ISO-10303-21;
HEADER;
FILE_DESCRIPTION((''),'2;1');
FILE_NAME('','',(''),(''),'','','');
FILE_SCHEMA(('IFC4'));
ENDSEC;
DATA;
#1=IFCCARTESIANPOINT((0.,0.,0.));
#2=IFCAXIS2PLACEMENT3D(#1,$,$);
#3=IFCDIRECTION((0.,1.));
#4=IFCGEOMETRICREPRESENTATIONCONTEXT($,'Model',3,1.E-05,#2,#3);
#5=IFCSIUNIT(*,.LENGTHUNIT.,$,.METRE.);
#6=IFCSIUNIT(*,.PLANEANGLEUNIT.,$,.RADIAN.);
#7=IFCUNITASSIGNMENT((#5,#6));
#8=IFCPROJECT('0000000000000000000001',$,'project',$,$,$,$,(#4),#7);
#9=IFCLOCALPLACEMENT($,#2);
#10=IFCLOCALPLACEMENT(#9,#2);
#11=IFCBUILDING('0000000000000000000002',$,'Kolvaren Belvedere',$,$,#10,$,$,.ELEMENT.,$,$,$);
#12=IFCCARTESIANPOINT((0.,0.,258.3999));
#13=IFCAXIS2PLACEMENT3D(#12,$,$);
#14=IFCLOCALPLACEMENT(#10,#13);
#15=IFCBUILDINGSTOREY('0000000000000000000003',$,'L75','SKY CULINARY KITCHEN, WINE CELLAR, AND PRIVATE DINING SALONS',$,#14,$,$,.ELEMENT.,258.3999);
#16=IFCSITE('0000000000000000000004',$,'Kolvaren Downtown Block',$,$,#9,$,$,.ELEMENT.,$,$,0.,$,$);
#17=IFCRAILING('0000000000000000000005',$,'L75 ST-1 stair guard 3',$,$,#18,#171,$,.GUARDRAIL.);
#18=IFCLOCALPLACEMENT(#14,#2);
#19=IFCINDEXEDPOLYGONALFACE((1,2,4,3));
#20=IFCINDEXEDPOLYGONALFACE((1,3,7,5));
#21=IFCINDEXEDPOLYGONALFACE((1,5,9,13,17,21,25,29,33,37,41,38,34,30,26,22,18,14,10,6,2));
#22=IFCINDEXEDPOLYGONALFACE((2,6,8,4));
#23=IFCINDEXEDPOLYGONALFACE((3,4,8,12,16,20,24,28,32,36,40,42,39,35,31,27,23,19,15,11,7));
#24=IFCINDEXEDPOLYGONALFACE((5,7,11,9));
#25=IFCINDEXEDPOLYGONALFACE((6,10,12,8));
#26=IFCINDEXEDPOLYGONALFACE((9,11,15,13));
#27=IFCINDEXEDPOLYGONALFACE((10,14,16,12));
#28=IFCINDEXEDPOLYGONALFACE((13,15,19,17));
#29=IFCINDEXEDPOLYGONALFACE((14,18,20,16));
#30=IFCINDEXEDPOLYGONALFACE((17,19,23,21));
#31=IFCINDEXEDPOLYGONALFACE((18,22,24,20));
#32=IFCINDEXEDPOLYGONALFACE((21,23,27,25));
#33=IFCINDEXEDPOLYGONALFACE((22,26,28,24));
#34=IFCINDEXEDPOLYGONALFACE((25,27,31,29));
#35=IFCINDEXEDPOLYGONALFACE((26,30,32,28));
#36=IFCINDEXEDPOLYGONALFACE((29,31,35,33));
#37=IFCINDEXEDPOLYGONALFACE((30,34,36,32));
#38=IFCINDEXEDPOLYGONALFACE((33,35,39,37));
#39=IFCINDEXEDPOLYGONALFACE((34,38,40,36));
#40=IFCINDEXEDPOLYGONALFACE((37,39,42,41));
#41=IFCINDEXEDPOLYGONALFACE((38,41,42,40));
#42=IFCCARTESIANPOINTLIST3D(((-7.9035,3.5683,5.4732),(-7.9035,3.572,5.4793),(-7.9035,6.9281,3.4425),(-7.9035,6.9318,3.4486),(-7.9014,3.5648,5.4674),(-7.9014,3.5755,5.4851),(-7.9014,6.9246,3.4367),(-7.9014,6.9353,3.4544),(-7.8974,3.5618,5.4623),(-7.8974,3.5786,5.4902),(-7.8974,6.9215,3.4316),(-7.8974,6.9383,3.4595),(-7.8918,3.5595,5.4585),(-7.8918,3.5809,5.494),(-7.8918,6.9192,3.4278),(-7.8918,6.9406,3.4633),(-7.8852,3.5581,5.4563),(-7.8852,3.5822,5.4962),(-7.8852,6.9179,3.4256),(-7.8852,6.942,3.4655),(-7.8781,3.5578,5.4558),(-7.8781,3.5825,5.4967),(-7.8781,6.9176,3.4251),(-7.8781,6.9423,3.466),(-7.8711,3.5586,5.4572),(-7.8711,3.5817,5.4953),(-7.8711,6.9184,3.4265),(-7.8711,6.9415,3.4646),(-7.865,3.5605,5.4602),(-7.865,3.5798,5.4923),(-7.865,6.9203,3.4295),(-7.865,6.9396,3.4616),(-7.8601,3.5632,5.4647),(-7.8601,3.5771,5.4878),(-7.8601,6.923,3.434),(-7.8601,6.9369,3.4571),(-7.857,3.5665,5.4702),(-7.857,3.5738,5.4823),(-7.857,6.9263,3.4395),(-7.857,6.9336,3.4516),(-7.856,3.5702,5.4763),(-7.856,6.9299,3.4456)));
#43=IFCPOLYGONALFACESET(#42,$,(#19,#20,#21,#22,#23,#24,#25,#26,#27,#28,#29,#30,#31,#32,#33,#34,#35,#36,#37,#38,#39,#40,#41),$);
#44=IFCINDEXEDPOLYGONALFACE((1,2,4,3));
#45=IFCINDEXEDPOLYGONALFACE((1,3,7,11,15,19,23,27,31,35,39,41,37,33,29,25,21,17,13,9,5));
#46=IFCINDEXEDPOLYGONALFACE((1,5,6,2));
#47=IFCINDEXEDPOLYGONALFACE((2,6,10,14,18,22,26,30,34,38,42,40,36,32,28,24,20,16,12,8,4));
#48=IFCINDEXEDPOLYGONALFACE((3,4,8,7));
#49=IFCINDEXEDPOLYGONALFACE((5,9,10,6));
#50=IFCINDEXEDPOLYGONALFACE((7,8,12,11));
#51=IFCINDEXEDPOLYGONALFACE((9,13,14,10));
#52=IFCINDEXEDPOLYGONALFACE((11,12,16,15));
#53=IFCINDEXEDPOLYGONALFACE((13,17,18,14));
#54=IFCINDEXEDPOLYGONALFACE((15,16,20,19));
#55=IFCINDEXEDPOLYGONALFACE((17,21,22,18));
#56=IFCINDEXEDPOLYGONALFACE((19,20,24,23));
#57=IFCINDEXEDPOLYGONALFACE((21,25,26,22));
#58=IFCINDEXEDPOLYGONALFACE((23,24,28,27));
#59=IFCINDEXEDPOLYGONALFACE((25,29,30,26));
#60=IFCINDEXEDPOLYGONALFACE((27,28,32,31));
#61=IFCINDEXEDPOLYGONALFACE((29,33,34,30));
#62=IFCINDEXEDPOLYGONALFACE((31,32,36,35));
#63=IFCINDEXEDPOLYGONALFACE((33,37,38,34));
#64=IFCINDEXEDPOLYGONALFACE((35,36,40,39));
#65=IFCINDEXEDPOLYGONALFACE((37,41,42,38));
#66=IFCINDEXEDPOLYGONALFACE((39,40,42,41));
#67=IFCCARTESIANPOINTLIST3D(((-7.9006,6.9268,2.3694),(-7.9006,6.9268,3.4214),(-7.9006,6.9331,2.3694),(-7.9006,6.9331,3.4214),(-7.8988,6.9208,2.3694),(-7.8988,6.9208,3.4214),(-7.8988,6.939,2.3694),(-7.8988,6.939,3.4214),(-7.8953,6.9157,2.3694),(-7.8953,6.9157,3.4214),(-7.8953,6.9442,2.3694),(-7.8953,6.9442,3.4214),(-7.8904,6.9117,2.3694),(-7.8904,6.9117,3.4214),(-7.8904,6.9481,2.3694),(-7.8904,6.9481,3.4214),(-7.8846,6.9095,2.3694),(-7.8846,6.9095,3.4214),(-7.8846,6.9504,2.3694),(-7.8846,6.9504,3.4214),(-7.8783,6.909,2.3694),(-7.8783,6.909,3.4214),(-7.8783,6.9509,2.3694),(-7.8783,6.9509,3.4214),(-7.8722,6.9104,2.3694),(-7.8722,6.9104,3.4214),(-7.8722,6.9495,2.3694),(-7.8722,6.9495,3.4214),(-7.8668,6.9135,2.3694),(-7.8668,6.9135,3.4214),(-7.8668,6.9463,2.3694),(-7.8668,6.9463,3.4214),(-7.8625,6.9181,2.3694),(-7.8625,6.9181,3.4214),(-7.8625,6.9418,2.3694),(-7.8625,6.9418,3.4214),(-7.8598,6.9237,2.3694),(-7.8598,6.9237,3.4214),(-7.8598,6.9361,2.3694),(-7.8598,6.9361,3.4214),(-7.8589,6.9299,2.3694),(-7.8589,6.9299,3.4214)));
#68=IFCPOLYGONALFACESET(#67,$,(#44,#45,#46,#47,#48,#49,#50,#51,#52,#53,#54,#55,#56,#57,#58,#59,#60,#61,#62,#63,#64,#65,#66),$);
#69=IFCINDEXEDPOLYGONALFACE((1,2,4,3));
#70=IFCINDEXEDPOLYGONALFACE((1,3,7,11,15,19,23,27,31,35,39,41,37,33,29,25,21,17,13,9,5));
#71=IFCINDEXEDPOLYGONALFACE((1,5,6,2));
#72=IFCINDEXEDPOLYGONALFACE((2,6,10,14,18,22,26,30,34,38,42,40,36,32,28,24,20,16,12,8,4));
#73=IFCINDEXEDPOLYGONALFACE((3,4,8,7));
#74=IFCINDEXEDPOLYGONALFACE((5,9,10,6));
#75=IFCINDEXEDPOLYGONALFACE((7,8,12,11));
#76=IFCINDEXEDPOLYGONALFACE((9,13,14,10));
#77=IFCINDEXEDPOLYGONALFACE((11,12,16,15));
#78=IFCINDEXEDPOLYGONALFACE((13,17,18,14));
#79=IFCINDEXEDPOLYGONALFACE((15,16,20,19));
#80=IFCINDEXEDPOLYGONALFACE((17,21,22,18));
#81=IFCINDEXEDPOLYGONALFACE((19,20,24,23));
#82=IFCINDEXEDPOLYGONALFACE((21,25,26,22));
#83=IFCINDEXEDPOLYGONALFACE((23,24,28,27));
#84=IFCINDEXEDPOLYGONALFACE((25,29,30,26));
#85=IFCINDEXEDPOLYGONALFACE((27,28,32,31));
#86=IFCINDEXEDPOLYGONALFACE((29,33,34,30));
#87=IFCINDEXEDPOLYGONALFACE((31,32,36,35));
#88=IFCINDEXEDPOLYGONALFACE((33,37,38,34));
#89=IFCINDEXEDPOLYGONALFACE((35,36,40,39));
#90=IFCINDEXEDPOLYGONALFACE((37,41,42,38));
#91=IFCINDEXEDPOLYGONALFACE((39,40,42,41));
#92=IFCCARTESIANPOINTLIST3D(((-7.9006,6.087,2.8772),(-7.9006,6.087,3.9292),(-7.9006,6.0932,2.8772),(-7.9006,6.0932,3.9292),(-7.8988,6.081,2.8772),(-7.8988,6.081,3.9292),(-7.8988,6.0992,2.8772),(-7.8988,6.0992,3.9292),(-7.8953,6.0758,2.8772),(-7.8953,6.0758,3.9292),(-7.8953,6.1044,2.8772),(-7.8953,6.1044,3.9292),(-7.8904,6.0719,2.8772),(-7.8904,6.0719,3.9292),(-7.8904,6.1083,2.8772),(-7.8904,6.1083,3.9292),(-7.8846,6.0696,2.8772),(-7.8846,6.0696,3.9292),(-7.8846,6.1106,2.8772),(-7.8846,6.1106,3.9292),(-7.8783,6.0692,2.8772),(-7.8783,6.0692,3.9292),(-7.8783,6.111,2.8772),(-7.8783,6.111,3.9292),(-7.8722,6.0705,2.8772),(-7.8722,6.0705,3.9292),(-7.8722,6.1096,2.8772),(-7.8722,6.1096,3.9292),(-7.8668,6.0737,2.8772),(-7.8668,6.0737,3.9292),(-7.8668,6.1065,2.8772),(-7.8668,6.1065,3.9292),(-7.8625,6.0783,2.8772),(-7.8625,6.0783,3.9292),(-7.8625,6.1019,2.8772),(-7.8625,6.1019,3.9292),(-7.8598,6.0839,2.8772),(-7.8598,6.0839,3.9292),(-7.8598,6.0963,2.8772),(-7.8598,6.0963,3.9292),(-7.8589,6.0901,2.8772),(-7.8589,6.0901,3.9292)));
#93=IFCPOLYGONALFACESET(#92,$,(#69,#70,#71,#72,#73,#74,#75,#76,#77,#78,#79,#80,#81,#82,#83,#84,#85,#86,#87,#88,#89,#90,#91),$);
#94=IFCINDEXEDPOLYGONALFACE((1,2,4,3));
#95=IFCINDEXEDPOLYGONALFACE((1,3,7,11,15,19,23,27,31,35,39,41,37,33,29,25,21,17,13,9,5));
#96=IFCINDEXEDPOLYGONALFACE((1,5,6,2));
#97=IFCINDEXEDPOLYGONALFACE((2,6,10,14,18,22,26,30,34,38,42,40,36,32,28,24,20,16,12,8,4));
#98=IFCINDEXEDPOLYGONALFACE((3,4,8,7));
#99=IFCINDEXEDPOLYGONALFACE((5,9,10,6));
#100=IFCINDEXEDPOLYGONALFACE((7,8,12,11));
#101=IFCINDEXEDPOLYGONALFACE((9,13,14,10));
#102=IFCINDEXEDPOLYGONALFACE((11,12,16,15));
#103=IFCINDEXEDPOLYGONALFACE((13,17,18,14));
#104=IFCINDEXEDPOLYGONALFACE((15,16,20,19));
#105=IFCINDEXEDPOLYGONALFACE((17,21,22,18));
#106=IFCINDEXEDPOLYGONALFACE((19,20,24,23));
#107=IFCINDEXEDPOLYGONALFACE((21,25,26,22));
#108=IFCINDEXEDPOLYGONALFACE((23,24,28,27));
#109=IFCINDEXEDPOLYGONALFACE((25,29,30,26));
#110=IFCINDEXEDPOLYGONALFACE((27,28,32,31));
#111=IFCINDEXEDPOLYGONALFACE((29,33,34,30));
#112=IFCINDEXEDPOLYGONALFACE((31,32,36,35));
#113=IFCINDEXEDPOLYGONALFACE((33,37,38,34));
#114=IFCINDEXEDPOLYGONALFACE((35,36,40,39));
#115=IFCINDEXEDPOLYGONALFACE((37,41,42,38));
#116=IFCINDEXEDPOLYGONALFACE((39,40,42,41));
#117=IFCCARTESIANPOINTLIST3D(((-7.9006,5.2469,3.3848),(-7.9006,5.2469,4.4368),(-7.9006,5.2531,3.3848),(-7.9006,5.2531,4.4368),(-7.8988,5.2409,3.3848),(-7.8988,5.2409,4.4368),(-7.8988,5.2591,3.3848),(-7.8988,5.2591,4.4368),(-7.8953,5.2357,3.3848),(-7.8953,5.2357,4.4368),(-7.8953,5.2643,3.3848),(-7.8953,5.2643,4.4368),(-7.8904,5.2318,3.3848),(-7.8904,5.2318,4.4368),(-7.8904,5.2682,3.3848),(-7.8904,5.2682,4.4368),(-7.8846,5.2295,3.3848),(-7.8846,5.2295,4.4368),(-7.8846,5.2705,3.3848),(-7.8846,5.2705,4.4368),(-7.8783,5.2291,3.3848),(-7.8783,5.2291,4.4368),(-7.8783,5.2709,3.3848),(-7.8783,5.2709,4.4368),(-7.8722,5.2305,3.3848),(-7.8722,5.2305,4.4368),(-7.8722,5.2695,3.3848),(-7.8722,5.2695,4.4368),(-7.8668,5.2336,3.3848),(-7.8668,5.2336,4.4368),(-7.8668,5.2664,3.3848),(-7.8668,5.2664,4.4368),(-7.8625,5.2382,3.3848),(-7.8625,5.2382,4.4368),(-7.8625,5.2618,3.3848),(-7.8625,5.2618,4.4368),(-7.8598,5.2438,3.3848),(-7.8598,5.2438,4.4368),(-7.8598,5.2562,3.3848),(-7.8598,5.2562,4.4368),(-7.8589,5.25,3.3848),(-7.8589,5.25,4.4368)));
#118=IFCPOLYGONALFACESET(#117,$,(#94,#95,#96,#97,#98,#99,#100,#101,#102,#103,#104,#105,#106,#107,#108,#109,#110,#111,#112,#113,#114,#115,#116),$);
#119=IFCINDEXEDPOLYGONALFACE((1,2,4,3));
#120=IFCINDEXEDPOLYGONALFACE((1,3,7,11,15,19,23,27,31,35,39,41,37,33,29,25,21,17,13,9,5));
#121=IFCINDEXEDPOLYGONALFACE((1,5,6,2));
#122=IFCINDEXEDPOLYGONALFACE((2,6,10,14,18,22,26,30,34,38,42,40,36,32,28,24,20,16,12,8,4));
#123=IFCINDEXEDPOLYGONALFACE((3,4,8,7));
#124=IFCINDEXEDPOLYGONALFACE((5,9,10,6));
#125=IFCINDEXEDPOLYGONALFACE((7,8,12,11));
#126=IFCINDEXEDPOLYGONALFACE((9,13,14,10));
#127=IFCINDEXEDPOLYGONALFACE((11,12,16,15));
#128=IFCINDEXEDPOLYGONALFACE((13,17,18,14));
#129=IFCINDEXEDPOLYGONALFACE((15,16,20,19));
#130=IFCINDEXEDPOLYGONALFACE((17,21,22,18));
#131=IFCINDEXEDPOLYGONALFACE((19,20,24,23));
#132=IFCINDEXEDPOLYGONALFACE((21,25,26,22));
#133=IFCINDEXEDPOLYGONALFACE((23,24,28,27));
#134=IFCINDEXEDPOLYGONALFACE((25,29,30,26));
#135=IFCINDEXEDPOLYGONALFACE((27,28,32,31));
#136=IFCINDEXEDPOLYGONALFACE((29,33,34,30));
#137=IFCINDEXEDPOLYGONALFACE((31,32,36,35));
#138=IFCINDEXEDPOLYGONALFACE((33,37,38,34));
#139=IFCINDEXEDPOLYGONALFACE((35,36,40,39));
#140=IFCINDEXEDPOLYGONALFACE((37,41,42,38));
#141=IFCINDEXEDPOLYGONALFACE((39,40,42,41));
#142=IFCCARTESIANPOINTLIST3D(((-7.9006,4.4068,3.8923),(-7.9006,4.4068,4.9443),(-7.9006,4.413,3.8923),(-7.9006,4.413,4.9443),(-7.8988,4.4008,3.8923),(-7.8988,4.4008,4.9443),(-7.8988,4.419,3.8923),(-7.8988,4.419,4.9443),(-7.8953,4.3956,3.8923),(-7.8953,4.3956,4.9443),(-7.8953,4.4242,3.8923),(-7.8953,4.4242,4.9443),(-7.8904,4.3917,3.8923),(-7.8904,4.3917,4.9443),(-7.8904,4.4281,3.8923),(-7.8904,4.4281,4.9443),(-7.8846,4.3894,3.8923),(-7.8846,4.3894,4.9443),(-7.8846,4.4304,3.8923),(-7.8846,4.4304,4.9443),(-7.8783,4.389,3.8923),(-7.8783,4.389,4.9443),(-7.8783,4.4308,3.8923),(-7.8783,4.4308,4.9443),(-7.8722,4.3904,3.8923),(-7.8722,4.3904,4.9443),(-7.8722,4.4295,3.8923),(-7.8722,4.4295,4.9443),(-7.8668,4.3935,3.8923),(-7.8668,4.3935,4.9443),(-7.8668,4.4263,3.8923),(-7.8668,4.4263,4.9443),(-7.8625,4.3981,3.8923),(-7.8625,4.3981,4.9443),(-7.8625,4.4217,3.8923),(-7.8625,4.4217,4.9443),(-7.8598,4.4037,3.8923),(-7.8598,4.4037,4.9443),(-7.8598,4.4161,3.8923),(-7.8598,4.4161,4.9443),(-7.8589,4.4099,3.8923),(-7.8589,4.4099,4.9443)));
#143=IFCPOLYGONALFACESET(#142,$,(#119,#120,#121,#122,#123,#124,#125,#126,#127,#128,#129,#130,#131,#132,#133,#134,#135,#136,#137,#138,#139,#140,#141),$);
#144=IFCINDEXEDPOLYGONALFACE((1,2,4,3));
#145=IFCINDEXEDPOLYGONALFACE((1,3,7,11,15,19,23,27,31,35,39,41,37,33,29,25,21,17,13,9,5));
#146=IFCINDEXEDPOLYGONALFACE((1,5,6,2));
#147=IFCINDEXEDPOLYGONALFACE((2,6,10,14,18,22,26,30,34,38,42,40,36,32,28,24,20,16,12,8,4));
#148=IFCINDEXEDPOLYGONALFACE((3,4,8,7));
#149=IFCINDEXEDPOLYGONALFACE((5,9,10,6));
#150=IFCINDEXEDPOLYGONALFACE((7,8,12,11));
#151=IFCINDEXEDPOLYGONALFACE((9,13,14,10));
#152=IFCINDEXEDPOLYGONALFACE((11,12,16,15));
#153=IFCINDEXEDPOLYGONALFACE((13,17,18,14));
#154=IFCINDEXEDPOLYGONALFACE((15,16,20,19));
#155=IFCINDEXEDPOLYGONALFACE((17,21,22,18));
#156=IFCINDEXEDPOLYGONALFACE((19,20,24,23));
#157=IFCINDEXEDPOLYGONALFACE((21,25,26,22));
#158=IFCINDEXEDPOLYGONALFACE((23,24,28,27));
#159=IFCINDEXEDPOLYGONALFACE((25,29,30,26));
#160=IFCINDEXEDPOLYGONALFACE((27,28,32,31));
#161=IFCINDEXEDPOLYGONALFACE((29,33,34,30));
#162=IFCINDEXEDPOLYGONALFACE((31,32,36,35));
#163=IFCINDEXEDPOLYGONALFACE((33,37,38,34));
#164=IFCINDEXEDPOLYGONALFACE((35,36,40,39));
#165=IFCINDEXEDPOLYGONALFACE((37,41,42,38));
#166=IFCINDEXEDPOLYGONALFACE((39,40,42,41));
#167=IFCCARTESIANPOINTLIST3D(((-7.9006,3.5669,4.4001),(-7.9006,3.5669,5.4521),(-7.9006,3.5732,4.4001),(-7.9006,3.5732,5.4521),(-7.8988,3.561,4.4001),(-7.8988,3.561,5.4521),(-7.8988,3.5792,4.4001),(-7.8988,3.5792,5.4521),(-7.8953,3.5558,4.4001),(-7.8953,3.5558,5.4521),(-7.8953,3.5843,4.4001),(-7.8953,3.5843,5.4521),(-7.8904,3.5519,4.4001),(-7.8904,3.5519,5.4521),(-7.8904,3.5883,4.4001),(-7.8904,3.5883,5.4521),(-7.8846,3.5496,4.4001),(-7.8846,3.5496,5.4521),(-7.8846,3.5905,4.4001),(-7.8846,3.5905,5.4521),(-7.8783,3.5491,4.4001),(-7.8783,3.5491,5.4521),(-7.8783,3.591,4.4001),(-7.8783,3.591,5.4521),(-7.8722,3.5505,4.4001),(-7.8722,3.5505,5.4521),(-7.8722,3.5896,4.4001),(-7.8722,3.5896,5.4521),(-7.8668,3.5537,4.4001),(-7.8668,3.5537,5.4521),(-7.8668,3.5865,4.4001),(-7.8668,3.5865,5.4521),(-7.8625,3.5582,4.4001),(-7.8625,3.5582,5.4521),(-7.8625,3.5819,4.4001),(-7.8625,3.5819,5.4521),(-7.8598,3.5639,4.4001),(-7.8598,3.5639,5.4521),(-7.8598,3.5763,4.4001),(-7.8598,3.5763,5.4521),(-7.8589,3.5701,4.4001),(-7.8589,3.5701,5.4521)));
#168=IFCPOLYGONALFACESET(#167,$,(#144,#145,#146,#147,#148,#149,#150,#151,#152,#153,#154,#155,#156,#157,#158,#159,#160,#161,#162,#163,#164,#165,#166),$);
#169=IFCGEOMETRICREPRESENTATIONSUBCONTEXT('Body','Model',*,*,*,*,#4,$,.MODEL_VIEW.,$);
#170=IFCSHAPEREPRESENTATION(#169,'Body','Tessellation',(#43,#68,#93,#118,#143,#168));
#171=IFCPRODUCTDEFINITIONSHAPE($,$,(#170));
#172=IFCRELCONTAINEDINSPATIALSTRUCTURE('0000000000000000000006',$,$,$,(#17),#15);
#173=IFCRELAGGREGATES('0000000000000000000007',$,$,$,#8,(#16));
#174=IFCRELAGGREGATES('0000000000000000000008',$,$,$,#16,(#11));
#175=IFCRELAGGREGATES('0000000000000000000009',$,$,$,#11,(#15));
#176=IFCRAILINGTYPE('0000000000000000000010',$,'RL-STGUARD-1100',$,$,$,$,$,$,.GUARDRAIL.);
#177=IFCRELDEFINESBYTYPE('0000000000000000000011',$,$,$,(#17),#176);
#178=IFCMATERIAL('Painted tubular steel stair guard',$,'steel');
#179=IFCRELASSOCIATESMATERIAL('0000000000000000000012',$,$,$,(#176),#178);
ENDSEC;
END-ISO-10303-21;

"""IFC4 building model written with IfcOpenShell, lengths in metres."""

from ifc_helpers import new_model, si_unit, direction, frame, origin, origin_2d, place, context, subcontext, project, spatial, circle, extrude, material, type_object, element, save


model = new_model("IFC4")

# Units and contexts
model_context = context("Model", 3, precision=1e-05, world=origin(), true_north=direction((0.0, 1.0)))
body_context = subcontext(model_context, "Body", "Model", "MODEL_VIEW")
ifc_project = project(units=[si_unit("LENGTHUNIT", "METRE"), si_unit("PLANEANGLEUNIT", "RADIAN")], contexts=[model_context])

# Site, building, storey
site_placement = place(None, origin())
site = spatial("IfcSite", under=ifc_project, at=site_placement, Name="Kolvaren Downtown Block", CompositionType="ELEMENT", RefElevation=0.0)
building_placement = place(site_placement, origin())
building = spatial("IfcBuilding", under=site, at=building_placement, Name="Kolvaren Belvedere", CompositionType="ELEMENT")
storey_placement = place(building_placement, frame((0.0, 0.0, 258.3999)))
storey = spatial("IfcBuildingStorey", under=building, at=storey_placement, Name="L75", Description="SKY CULINARY KITCHEN, WINE CELLAR, AND PRIVATE DINING SALONS", CompositionType="ELEMENT", Elevation=258.3999)

# Railing
ifc_material_1 = material(Name="Painted tubular steel stair guard", Category="steel")
railing_type_1 = type_object("IfcRailingType", Name="RL-STGUARD-1100", PredefinedType="GUARDRAIL", material=ifc_material_1)
railing_1_placement = place(storey_placement, frame((-7.8799, 6.9299, 2.3694)))
element("IfcRailing", 1, at=railing_1_placement, inside=storey, type_object=railing_type_1, Name="L75 ST-1 stair guard 3", PredefinedType="GUARDRAIL", context=body_context, shape_type="SweptSolid", body=[
    extrude(circle(Radius=0.0239, at=origin_2d()), frame((0.0, 0.0, 1.0762), z_axis=(0.0, -0.85582, 0.517273), x_axis=(1.0, 0.0, 0.0)), (0.0, 0.0, 1.0), 3.9258),
    extrude(circle(Radius=0.021, at=origin_2d()), origin(), (0.0, 0.0, 1.0), 1.052),
    extrude(circle(Radius=0.021, at=origin_2d()), frame((0.0, -0.8398, 0.5078)), (0.0, 0.0, 1.0), 1.052),
    extrude(circle(Radius=0.021, at=origin_2d()), frame((0.0, -1.6799, 1.0154)), (0.0, 0.0, 1.0), 1.052),
    extrude(circle(Radius=0.021, at=origin_2d()), frame((0.0, -2.52, 1.5229)), (0.0, 0.0, 1.0), 1.052),
    extrude(circle(Radius=0.021, at=origin_2d()), frame((0.0, -3.3599, 2.0308)), (0.0, 0.0, 1.0), 1.052),
])

save(model, "model.ifc")
